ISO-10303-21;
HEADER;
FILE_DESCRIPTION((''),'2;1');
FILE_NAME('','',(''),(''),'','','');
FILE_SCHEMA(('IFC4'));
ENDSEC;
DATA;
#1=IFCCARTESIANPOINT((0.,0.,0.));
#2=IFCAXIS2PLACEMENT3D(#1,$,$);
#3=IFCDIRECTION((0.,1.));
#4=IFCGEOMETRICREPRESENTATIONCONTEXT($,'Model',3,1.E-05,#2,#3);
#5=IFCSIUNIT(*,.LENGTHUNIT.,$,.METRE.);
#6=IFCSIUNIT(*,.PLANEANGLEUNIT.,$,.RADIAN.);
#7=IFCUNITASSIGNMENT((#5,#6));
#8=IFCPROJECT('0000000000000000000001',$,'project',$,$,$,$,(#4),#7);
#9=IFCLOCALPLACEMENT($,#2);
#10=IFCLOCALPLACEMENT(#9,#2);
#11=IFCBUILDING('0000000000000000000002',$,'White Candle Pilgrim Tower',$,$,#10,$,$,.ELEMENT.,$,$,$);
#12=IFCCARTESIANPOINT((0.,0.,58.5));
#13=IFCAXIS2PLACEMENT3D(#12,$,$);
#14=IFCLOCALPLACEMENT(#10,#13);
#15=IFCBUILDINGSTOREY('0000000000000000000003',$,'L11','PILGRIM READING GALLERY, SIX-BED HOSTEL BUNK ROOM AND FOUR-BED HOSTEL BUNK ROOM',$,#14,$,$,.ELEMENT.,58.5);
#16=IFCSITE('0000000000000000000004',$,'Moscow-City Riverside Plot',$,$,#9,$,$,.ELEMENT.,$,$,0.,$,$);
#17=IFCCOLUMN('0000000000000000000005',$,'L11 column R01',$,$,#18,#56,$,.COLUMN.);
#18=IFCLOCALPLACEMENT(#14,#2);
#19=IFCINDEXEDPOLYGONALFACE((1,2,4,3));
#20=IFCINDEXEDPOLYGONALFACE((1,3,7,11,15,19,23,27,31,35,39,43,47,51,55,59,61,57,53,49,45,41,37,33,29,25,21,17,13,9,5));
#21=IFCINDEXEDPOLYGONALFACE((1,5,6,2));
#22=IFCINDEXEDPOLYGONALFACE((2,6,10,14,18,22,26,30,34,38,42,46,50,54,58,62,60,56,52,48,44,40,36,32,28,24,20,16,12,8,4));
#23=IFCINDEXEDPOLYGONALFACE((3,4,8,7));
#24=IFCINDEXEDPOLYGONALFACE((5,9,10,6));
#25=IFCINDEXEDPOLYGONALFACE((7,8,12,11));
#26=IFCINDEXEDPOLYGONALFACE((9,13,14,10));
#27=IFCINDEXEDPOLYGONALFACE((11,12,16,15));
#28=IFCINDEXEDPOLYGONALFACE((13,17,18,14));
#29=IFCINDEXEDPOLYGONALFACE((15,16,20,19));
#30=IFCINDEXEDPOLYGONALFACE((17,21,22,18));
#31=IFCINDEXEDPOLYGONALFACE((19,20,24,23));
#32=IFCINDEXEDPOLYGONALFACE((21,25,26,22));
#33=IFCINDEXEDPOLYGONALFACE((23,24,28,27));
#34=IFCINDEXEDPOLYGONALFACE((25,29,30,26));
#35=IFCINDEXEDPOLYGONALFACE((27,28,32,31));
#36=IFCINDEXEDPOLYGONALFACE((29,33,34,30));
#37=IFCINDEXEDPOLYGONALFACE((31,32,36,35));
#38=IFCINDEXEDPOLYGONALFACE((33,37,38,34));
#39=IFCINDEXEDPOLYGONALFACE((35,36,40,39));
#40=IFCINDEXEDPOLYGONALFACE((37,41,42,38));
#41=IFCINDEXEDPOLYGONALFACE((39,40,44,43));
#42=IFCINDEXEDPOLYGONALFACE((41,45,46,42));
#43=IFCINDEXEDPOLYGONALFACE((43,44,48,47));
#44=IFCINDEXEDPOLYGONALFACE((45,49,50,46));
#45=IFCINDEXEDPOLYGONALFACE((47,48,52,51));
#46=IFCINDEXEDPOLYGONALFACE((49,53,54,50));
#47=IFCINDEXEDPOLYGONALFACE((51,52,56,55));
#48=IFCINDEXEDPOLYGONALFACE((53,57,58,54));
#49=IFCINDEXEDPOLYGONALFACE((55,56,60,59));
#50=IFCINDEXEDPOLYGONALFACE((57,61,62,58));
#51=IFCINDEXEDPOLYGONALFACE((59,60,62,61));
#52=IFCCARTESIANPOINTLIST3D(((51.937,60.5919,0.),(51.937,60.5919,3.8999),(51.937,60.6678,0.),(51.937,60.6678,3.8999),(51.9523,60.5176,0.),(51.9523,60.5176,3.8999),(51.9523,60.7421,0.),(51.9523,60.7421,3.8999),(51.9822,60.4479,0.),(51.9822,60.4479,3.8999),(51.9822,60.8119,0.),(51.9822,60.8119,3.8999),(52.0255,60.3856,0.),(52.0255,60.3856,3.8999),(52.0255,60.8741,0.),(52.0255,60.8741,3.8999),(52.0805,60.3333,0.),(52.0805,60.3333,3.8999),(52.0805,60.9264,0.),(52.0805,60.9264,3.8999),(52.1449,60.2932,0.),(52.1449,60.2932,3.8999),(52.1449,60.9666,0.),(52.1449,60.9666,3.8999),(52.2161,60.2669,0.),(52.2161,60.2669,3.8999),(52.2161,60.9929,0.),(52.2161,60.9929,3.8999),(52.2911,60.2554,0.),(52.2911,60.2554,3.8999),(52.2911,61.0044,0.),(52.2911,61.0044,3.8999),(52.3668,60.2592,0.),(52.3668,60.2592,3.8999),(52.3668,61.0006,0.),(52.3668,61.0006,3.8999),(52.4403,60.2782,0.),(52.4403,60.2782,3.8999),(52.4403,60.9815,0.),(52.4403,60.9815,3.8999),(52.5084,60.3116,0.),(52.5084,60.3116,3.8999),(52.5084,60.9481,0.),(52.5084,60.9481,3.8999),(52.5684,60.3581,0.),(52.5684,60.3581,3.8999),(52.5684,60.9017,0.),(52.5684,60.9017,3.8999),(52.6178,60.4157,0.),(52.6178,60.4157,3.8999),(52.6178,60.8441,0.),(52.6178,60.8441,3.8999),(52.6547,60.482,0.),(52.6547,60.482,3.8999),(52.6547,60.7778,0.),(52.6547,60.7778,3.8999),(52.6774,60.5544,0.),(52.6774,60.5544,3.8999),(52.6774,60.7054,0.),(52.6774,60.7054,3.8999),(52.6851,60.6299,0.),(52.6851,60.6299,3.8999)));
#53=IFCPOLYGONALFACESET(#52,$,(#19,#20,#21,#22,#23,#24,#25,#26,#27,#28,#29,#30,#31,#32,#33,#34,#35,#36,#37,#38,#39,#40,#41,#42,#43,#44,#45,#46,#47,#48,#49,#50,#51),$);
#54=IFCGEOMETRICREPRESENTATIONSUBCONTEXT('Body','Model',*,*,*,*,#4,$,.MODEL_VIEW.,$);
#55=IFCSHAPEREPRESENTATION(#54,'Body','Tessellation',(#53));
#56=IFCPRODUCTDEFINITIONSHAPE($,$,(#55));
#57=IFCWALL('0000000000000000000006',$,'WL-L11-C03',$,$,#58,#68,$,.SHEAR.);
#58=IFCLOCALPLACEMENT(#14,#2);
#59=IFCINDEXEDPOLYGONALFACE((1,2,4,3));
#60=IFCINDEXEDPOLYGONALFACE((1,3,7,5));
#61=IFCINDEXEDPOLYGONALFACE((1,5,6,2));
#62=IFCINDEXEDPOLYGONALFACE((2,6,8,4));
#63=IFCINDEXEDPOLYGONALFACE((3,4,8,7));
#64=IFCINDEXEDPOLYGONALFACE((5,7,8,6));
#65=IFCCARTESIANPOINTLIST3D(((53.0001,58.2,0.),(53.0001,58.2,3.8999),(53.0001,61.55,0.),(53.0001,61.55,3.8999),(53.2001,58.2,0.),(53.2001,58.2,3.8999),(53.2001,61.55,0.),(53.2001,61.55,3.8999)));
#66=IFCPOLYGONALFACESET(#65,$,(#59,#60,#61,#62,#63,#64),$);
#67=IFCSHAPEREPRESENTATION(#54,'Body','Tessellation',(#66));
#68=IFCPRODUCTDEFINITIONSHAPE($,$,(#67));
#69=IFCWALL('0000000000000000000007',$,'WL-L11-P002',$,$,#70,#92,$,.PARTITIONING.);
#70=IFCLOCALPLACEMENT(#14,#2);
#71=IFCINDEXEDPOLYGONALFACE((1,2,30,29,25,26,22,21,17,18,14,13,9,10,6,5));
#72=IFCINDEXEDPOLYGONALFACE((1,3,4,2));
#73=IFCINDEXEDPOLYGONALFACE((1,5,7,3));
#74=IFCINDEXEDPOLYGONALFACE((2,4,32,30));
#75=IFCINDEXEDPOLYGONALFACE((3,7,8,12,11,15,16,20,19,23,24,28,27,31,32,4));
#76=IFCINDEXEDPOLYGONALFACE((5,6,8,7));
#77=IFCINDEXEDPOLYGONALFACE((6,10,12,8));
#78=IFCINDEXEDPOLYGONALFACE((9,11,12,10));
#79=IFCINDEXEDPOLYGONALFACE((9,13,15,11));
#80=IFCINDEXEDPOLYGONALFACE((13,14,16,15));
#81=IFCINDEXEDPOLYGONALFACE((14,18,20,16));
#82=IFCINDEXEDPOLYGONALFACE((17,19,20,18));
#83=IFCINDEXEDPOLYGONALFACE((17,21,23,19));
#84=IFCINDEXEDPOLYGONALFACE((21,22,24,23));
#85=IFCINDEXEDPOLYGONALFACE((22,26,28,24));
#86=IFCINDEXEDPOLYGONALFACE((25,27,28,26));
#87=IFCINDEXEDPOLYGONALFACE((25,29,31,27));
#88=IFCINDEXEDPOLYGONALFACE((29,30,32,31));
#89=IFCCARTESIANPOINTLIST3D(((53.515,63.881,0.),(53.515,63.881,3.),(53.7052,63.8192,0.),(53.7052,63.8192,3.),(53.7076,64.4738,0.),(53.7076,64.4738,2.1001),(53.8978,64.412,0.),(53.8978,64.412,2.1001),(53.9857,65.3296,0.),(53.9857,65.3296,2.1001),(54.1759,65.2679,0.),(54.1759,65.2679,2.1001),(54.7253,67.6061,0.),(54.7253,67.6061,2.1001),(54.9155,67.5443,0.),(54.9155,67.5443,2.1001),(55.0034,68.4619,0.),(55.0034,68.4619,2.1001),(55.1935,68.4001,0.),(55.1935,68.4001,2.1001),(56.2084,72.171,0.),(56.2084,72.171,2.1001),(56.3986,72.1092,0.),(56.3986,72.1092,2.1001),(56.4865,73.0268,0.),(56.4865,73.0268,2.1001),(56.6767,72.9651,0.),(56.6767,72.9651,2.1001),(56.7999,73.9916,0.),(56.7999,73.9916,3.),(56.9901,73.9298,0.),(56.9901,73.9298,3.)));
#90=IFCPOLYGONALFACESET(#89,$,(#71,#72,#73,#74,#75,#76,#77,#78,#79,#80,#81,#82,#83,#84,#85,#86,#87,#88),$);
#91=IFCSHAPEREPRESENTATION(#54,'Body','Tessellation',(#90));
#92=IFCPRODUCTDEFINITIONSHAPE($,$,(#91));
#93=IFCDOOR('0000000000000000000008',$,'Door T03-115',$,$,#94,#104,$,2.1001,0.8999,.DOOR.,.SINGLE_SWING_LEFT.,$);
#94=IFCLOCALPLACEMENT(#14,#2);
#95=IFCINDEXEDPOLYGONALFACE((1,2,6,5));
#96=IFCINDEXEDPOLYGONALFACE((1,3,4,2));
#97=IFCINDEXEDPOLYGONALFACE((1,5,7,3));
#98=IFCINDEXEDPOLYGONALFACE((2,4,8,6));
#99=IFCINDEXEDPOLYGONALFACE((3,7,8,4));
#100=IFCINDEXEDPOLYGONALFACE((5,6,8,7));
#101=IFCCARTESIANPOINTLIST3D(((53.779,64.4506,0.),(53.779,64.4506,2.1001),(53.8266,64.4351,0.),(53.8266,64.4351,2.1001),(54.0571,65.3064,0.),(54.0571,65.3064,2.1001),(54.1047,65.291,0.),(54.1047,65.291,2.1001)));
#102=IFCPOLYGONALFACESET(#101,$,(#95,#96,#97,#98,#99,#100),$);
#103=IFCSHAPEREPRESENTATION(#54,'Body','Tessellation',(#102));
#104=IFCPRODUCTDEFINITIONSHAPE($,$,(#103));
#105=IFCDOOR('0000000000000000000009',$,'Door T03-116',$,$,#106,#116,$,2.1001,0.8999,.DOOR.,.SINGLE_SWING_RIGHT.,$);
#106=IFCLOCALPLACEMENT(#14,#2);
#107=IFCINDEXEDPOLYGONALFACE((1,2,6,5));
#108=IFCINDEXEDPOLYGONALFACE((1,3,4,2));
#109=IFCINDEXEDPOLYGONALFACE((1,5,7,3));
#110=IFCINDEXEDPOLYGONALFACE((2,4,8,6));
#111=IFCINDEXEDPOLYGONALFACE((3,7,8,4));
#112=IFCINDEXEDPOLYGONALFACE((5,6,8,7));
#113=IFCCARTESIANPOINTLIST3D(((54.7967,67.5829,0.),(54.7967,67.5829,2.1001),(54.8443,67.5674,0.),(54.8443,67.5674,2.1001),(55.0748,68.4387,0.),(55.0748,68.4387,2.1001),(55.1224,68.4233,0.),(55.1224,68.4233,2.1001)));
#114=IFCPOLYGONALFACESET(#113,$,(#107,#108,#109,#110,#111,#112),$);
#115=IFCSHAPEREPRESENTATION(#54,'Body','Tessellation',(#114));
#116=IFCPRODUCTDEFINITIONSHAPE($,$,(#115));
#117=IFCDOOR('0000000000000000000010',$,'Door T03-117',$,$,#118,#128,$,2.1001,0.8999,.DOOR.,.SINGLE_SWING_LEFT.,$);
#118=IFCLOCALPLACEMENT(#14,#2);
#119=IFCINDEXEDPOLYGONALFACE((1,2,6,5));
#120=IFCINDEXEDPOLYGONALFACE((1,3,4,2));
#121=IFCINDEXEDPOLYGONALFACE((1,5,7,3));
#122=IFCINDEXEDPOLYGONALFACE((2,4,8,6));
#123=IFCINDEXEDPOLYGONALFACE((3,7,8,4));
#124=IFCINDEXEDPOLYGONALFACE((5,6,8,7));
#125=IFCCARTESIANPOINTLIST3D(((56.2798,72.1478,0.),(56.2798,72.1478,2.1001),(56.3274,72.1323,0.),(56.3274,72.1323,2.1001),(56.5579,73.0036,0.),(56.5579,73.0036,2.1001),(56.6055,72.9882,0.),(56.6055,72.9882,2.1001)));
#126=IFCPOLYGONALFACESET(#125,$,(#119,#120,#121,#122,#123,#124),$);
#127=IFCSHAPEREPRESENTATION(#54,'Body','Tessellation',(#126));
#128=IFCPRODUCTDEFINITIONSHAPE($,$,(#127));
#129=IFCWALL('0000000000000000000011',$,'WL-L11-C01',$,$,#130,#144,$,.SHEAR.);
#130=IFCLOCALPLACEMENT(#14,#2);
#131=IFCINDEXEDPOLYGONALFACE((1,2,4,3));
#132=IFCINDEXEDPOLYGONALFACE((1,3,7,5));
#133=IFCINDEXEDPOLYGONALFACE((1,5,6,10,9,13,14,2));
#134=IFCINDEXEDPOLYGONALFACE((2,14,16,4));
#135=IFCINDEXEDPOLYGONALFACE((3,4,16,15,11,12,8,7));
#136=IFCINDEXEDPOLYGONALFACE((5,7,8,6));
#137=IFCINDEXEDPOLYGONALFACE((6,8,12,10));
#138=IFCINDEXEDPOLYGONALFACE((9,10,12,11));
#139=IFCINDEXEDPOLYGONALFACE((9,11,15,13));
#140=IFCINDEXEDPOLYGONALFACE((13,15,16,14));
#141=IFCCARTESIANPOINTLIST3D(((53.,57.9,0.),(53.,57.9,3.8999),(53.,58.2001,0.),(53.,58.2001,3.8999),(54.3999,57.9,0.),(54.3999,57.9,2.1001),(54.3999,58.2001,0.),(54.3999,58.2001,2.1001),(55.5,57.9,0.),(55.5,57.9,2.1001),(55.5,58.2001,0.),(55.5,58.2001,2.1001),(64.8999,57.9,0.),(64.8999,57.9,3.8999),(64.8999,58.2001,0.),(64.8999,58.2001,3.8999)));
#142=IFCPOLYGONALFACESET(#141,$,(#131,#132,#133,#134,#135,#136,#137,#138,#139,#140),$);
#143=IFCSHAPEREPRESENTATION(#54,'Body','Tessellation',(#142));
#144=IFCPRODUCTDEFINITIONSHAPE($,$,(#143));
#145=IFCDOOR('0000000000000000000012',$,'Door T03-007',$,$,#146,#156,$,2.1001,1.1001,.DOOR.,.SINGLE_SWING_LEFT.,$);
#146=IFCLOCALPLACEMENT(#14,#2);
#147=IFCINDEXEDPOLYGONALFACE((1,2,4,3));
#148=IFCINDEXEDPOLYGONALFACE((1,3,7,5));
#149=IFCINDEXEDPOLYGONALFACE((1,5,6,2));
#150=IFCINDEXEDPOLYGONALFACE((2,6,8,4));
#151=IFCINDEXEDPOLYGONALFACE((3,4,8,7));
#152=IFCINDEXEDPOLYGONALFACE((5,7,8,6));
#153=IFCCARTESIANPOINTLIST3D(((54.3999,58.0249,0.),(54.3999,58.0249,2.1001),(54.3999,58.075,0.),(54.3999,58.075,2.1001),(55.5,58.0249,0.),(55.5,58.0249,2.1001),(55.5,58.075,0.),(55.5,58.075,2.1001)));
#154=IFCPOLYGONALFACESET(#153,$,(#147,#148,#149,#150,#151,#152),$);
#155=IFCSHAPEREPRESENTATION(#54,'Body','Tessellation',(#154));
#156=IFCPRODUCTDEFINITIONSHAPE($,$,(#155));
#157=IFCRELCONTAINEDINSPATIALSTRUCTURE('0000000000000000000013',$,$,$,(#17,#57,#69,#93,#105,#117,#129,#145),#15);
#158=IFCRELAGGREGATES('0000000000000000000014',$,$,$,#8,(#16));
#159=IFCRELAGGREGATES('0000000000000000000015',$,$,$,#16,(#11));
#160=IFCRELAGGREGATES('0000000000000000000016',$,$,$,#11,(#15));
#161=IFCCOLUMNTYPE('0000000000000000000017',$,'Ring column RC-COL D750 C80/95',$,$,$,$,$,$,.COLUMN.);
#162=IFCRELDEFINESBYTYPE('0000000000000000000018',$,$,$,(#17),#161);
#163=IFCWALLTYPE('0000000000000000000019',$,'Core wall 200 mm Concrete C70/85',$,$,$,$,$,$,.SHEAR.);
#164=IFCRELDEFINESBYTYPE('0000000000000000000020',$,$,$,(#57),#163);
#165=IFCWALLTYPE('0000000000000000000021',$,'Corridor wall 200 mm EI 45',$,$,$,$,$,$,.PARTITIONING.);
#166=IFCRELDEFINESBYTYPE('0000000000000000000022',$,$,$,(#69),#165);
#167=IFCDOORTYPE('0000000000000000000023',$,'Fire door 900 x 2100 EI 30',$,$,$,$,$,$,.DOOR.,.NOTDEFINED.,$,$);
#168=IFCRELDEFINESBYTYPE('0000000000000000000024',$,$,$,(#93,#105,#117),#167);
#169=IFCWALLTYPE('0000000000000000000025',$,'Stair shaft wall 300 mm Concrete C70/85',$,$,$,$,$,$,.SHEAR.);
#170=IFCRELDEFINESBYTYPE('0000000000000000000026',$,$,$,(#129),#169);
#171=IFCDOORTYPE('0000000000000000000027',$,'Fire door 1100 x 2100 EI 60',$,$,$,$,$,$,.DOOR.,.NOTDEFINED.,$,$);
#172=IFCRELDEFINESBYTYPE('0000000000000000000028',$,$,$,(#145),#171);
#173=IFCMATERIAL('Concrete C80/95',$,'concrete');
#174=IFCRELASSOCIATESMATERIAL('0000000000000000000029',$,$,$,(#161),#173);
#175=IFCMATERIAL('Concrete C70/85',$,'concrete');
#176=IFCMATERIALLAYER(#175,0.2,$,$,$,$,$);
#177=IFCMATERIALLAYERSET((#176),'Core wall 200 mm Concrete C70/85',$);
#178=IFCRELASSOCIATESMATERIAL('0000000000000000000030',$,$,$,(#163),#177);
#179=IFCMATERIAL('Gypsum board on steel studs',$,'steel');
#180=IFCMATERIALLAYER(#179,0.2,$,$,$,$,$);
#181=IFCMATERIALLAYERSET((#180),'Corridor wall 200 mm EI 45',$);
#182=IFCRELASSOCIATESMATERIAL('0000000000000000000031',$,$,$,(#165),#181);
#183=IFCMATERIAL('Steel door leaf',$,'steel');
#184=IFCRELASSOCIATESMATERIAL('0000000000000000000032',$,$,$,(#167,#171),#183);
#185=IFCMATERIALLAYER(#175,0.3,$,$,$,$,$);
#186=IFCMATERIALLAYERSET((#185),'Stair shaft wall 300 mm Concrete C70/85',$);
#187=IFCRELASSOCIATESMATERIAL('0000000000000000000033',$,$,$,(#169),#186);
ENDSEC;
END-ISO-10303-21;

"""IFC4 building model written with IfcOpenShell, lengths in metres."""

from ifc_helpers import new_model, si_unit, direction, frame, frame_2d, origin, origin_2d, place, context, subcontext, project, spatial, rectangle, circle, extrude, material, layer, layer_set, material_profile, profile_set, type_object, element, fill, save


model = new_model("IFC4")

# Units and contexts
model_context = context("Model", 3, precision=1e-05, world=origin(), true_north=direction((0.0, 1.0)))
body_context = subcontext(model_context, "Body", "Model", "MODEL_VIEW")
ifc_project = project(units=[si_unit("LENGTHUNIT", "METRE"), si_unit("PLANEANGLEUNIT", "RADIAN")], contexts=[model_context])

# Site, building, storey
site_placement = place(None, origin())
site = spatial("IfcSite", under=ifc_project, at=site_placement, Name="Moscow-City Riverside Plot", CompositionType="ELEMENT", RefElevation=0.0)
building_placement = place(site_placement, origin())
building = spatial("IfcBuilding", under=site, at=building_placement, Name="White Candle Pilgrim Tower", CompositionType="ELEMENT")
storey_placement = place(building_placement, frame((0.0, 0.0, 58.5)))
storey = spatial("IfcBuildingStorey", under=building, at=storey_placement, Name="L11", Description="PILGRIM READING GALLERY, SIX-BED HOSTEL BUNK ROOM AND FOUR-BED HOSTEL BUNK ROOM", CompositionType="ELEMENT", Elevation=58.5)

# Column
ifc_material_1 = material(Name="Concrete C80/95", Category="concrete")
ifc_material_profile = material_profile(ifc_material_1, circle(Radius=0.375, at=origin_2d()), Name="RC-COL D750")
ifc_profile_set = profile_set([ifc_material_profile], Name="Concrete C80/95")
column_type = type_object("IfcColumnType", Name="Ring column RC-COL D750 C80/95", PredefinedType="COLUMN", material=ifc_profile_set)
column_placement = place(storey_placement, frame((52.3101, 60.6299, 0.0), z_axis=(0.0, 0.0, 1.0), x_axis=(1.0, 0.0, 0.0)))
element("IfcColumn", 1, at=column_placement, inside=storey, type_object=column_type, Name="L11 column R01", PredefinedType="COLUMN", context=body_context, shape_type="SweptSolid", body=[
    extrude(circle(Radius=0.375, at=origin_2d()), origin(), (0.0, 0.0, 1.0), 3.8999),
])

# Wall
ifc_material_2 = material(Name="Concrete C70/85", Category="concrete")
ifc_layer_1 = layer(ifc_material_2, 0.2)
ifc_layer_set_1 = layer_set([ifc_layer_1], Name="Core wall 200 mm Concrete C70/85")
wall_type_1 = type_object("IfcWallType", Name="Core wall 200 mm Concrete C70/85", PredefinedType="SHEAR", material=ifc_layer_set_1)
wall_1_placement = place(storey_placement, frame((53.1001, 58.2, 0.0), z_axis=(0.0, 0.0, 1.0), x_axis=(0.0, 1.0, 0.0)))
element("IfcWall", 2, at=wall_1_placement, inside=storey, type_object=wall_type_1, Name="WL-L11-C03", PredefinedType="SHEAR", context=body_context, shape_type="SweptSolid", body=[
    extrude(rectangle(XDim=3.3501, YDim=0.2, at=frame_2d((1.675, 0.0))), origin(), (0.0, 0.0, 1.0), 3.8999),
])

# Wall, openings, doors
ifc_material_3 = material(Name="Gypsum board on steel studs", Category="steel")
ifc_layer_2 = layer(ifc_material_3, 0.2)
ifc_layer_set_2 = layer_set([ifc_layer_2], Name="Corridor wall 200 mm EI 45")
wall_type_2 = type_object("IfcWallType", Name="Corridor wall 200 mm EI 45", PredefinedType="PARTITIONING", material=ifc_layer_set_2)
wall_2_placement = place(storey_placement, frame((53.6101, 63.8501, 0.0), z_axis=(0.0, 0.0, 1.0), x_axis=(0.308998, 0.951063, 0.0)))
wall_2 = element("IfcWall", 3, at=wall_2_placement, inside=storey, type_object=wall_type_2, Name="WL-L11-P002", PredefinedType="PARTITIONING", context=body_context, shape_type="SweptSolid", body=[
    extrude(rectangle(XDim=10.6309, YDim=0.2, at=frame_2d((5.3154, 0.0))), origin(), (0.0, 0.0, 1.0), 3.0),
])
opening_1_placement = place(wall_2_placement, frame((0.6233, 0.0, 0.0)))
opening_1 = element("IfcOpeningElement", 4, at=opening_1_placement, cuts=wall_2, PredefinedType="OPENING", context=body_context, shape_type="SweptSolid", body=[
    extrude(rectangle(XDim=0.8999, YDim=2.1001, at=frame_2d((0.45, 1.05))), frame((0.0, 0.1099, 0.0), z_axis=(0.0, -1.0, 0.0), x_axis=(1.0, 0.0, 0.0)), (0.0, 0.0, 1.0), 0.22),
])
opening_2_placement = place(wall_2_placement, frame((3.9167, 0.0, 0.0)))
opening_2 = element("IfcOpeningElement", 5, at=opening_2_placement, cuts=wall_2, PredefinedType="OPENING", context=body_context, shape_type="SweptSolid", body=[
    extrude(rectangle(XDim=0.8999, YDim=2.1001, at=frame_2d((0.45, 1.05))), frame((0.0, 0.1099, 0.0), z_axis=(0.0, -1.0, 0.0), x_axis=(1.0, 0.0, 0.0)), (0.0, 0.0, 1.0), 0.22),
])
opening_3_placement = place(wall_2_placement, frame((8.7166, 0.0, 0.0)))
opening_3 = element("IfcOpeningElement", 6, at=opening_3_placement, cuts=wall_2, PredefinedType="OPENING", context=body_context, shape_type="SweptSolid", body=[
    extrude(rectangle(XDim=0.8999, YDim=2.1001, at=frame_2d((0.45, 1.05))), frame((0.0, 0.1099, 0.0), z_axis=(0.0, -1.0, 0.0), x_axis=(1.0, 0.0, 0.0)), (0.0, 0.0, 1.0), 0.22),
])
ifc_material_4 = material(Name="Steel door leaf", Category="steel")
door_type_1 = type_object("IfcDoorType", Name="Fire door 900 x 2100 EI 30", OperationType="NOTDEFINED", PredefinedType="DOOR", material=ifc_material_4)
door_1_placement = place(opening_1_placement, origin())
door_1 = element("IfcDoor", 7, at=door_1_placement, inside=storey, type_object=door_type_1, Name="Door T03-115", OperationType="SINGLE_SWING_LEFT", OverallHeight=2.1001, OverallWidth=0.8999, PredefinedType="DOOR", context=body_context, shape_type="SweptSolid", body=[
    extrude(rectangle(XDim=0.8999, YDim=2.1001, at=frame_2d((0.45, 1.05))), frame((0.0, 0.0249, 0.0), z_axis=(0.0, -1.0, 0.0), x_axis=(1.0, 0.0, 0.0)), (0.0, 0.0, 1.0), 0.05),
])
fill(opening_1, door_1)
door_2_placement = place(opening_2_placement, origin())
door_2 = element("IfcDoor", 8, at=door_2_placement, inside=storey, type_object=door_type_1, Name="Door T03-116", OperationType="SINGLE_SWING_RIGHT", OverallHeight=2.1001, OverallWidth=0.8999, PredefinedType="DOOR", context=body_context, shape_type="SweptSolid", body=[
    extrude(rectangle(XDim=0.8999, YDim=2.1001, at=frame_2d((0.45, 1.05))), frame((0.0, 0.0249, 0.0), z_axis=(0.0, -1.0, 0.0), x_axis=(1.0, 0.0, 0.0)), (0.0, 0.0, 1.0), 0.05),
])
fill(opening_2, door_2)
door_3_placement = place(opening_3_placement, origin())
door_3 = element("IfcDoor", 9, at=door_3_placement, inside=storey, type_object=door_type_1, Name="Door T03-117", OperationType="SINGLE_SWING_LEFT", OverallHeight=2.1001, OverallWidth=0.8999, PredefinedType="DOOR", context=body_context, shape_type="SweptSolid", body=[
    extrude(rectangle(XDim=0.8999, YDim=2.1001, at=frame_2d((0.45, 1.05))), frame((0.0, 0.0249, 0.0), z_axis=(0.0, -1.0, 0.0), x_axis=(1.0, 0.0, 0.0)), (0.0, 0.0, 1.0), 0.05),
])
fill(opening_3, door_3)

# Wall, opening, door
ifc_layer_3 = layer(ifc_material_2, 0.3)
ifc_layer_set_3 = layer_set([ifc_layer_3], Name="Stair shaft wall 300 mm Concrete C70/85")
wall_type_3 = type_object("IfcWallType", Name="Stair shaft wall 300 mm Concrete C70/85", PredefinedType="SHEAR", material=ifc_layer_set_3)
wall_3_placement = place(storey_placement, frame((53.0, 58.05, 0.0), z_axis=(0.0, 0.0, 1.0), x_axis=(1.0, 0.0, 0.0)))
wall_3 = element("IfcWall", 10, at=wall_3_placement, inside=storey, type_object=wall_type_3, Name="WL-L11-C01", PredefinedType="SHEAR", context=body_context, shape_type="SweptSolid", body=[
    extrude(rectangle(XDim=11.8999, YDim=0.3, at=frame_2d((5.95, 0.0))), origin(), (0.0, 0.0, 1.0), 3.8999),
])
opening_4_placement = place(wall_3_placement, frame((1.3999, 0.0, 0.0)))
opening_4 = element("IfcOpeningElement", 11, at=opening_4_placement, cuts=wall_3, PredefinedType="OPENING", context=body_context, shape_type="SweptSolid", body=[
    extrude(rectangle(XDim=1.1001, YDim=2.1001, at=frame_2d((0.55, 1.05))), frame((0.0, 0.1599, 0.0), z_axis=(0.0, -1.0, 0.0), x_axis=(1.0, 0.0, 0.0)), (0.0, 0.0, 1.0), 0.3201),
])
door_type_2 = type_object("IfcDoorType", Name="Fire door 1100 x 2100 EI 60", OperationType="NOTDEFINED", PredefinedType="DOOR", material=ifc_material_4)
door_4_placement = place(opening_4_placement, origin())
door_4 = element("IfcDoor", 12, at=door_4_placement, inside=storey, type_object=door_type_2, Name="Door T03-007", OperationType="SINGLE_SWING_LEFT", OverallHeight=2.1001, OverallWidth=1.1001, PredefinedType="DOOR", context=body_context, shape_type="SweptSolid", body=[
    extrude(rectangle(XDim=1.1001, YDim=2.1001, at=frame_2d((0.55, 1.05))), frame((0.0, 0.0249, 0.0), z_axis=(0.0, -1.0, 0.0), x_axis=(1.0, 0.0, 0.0)), (0.0, 0.0, 1.0), 0.05),
])
fill(opening_4, door_4)

save(model, "model.ifc")
